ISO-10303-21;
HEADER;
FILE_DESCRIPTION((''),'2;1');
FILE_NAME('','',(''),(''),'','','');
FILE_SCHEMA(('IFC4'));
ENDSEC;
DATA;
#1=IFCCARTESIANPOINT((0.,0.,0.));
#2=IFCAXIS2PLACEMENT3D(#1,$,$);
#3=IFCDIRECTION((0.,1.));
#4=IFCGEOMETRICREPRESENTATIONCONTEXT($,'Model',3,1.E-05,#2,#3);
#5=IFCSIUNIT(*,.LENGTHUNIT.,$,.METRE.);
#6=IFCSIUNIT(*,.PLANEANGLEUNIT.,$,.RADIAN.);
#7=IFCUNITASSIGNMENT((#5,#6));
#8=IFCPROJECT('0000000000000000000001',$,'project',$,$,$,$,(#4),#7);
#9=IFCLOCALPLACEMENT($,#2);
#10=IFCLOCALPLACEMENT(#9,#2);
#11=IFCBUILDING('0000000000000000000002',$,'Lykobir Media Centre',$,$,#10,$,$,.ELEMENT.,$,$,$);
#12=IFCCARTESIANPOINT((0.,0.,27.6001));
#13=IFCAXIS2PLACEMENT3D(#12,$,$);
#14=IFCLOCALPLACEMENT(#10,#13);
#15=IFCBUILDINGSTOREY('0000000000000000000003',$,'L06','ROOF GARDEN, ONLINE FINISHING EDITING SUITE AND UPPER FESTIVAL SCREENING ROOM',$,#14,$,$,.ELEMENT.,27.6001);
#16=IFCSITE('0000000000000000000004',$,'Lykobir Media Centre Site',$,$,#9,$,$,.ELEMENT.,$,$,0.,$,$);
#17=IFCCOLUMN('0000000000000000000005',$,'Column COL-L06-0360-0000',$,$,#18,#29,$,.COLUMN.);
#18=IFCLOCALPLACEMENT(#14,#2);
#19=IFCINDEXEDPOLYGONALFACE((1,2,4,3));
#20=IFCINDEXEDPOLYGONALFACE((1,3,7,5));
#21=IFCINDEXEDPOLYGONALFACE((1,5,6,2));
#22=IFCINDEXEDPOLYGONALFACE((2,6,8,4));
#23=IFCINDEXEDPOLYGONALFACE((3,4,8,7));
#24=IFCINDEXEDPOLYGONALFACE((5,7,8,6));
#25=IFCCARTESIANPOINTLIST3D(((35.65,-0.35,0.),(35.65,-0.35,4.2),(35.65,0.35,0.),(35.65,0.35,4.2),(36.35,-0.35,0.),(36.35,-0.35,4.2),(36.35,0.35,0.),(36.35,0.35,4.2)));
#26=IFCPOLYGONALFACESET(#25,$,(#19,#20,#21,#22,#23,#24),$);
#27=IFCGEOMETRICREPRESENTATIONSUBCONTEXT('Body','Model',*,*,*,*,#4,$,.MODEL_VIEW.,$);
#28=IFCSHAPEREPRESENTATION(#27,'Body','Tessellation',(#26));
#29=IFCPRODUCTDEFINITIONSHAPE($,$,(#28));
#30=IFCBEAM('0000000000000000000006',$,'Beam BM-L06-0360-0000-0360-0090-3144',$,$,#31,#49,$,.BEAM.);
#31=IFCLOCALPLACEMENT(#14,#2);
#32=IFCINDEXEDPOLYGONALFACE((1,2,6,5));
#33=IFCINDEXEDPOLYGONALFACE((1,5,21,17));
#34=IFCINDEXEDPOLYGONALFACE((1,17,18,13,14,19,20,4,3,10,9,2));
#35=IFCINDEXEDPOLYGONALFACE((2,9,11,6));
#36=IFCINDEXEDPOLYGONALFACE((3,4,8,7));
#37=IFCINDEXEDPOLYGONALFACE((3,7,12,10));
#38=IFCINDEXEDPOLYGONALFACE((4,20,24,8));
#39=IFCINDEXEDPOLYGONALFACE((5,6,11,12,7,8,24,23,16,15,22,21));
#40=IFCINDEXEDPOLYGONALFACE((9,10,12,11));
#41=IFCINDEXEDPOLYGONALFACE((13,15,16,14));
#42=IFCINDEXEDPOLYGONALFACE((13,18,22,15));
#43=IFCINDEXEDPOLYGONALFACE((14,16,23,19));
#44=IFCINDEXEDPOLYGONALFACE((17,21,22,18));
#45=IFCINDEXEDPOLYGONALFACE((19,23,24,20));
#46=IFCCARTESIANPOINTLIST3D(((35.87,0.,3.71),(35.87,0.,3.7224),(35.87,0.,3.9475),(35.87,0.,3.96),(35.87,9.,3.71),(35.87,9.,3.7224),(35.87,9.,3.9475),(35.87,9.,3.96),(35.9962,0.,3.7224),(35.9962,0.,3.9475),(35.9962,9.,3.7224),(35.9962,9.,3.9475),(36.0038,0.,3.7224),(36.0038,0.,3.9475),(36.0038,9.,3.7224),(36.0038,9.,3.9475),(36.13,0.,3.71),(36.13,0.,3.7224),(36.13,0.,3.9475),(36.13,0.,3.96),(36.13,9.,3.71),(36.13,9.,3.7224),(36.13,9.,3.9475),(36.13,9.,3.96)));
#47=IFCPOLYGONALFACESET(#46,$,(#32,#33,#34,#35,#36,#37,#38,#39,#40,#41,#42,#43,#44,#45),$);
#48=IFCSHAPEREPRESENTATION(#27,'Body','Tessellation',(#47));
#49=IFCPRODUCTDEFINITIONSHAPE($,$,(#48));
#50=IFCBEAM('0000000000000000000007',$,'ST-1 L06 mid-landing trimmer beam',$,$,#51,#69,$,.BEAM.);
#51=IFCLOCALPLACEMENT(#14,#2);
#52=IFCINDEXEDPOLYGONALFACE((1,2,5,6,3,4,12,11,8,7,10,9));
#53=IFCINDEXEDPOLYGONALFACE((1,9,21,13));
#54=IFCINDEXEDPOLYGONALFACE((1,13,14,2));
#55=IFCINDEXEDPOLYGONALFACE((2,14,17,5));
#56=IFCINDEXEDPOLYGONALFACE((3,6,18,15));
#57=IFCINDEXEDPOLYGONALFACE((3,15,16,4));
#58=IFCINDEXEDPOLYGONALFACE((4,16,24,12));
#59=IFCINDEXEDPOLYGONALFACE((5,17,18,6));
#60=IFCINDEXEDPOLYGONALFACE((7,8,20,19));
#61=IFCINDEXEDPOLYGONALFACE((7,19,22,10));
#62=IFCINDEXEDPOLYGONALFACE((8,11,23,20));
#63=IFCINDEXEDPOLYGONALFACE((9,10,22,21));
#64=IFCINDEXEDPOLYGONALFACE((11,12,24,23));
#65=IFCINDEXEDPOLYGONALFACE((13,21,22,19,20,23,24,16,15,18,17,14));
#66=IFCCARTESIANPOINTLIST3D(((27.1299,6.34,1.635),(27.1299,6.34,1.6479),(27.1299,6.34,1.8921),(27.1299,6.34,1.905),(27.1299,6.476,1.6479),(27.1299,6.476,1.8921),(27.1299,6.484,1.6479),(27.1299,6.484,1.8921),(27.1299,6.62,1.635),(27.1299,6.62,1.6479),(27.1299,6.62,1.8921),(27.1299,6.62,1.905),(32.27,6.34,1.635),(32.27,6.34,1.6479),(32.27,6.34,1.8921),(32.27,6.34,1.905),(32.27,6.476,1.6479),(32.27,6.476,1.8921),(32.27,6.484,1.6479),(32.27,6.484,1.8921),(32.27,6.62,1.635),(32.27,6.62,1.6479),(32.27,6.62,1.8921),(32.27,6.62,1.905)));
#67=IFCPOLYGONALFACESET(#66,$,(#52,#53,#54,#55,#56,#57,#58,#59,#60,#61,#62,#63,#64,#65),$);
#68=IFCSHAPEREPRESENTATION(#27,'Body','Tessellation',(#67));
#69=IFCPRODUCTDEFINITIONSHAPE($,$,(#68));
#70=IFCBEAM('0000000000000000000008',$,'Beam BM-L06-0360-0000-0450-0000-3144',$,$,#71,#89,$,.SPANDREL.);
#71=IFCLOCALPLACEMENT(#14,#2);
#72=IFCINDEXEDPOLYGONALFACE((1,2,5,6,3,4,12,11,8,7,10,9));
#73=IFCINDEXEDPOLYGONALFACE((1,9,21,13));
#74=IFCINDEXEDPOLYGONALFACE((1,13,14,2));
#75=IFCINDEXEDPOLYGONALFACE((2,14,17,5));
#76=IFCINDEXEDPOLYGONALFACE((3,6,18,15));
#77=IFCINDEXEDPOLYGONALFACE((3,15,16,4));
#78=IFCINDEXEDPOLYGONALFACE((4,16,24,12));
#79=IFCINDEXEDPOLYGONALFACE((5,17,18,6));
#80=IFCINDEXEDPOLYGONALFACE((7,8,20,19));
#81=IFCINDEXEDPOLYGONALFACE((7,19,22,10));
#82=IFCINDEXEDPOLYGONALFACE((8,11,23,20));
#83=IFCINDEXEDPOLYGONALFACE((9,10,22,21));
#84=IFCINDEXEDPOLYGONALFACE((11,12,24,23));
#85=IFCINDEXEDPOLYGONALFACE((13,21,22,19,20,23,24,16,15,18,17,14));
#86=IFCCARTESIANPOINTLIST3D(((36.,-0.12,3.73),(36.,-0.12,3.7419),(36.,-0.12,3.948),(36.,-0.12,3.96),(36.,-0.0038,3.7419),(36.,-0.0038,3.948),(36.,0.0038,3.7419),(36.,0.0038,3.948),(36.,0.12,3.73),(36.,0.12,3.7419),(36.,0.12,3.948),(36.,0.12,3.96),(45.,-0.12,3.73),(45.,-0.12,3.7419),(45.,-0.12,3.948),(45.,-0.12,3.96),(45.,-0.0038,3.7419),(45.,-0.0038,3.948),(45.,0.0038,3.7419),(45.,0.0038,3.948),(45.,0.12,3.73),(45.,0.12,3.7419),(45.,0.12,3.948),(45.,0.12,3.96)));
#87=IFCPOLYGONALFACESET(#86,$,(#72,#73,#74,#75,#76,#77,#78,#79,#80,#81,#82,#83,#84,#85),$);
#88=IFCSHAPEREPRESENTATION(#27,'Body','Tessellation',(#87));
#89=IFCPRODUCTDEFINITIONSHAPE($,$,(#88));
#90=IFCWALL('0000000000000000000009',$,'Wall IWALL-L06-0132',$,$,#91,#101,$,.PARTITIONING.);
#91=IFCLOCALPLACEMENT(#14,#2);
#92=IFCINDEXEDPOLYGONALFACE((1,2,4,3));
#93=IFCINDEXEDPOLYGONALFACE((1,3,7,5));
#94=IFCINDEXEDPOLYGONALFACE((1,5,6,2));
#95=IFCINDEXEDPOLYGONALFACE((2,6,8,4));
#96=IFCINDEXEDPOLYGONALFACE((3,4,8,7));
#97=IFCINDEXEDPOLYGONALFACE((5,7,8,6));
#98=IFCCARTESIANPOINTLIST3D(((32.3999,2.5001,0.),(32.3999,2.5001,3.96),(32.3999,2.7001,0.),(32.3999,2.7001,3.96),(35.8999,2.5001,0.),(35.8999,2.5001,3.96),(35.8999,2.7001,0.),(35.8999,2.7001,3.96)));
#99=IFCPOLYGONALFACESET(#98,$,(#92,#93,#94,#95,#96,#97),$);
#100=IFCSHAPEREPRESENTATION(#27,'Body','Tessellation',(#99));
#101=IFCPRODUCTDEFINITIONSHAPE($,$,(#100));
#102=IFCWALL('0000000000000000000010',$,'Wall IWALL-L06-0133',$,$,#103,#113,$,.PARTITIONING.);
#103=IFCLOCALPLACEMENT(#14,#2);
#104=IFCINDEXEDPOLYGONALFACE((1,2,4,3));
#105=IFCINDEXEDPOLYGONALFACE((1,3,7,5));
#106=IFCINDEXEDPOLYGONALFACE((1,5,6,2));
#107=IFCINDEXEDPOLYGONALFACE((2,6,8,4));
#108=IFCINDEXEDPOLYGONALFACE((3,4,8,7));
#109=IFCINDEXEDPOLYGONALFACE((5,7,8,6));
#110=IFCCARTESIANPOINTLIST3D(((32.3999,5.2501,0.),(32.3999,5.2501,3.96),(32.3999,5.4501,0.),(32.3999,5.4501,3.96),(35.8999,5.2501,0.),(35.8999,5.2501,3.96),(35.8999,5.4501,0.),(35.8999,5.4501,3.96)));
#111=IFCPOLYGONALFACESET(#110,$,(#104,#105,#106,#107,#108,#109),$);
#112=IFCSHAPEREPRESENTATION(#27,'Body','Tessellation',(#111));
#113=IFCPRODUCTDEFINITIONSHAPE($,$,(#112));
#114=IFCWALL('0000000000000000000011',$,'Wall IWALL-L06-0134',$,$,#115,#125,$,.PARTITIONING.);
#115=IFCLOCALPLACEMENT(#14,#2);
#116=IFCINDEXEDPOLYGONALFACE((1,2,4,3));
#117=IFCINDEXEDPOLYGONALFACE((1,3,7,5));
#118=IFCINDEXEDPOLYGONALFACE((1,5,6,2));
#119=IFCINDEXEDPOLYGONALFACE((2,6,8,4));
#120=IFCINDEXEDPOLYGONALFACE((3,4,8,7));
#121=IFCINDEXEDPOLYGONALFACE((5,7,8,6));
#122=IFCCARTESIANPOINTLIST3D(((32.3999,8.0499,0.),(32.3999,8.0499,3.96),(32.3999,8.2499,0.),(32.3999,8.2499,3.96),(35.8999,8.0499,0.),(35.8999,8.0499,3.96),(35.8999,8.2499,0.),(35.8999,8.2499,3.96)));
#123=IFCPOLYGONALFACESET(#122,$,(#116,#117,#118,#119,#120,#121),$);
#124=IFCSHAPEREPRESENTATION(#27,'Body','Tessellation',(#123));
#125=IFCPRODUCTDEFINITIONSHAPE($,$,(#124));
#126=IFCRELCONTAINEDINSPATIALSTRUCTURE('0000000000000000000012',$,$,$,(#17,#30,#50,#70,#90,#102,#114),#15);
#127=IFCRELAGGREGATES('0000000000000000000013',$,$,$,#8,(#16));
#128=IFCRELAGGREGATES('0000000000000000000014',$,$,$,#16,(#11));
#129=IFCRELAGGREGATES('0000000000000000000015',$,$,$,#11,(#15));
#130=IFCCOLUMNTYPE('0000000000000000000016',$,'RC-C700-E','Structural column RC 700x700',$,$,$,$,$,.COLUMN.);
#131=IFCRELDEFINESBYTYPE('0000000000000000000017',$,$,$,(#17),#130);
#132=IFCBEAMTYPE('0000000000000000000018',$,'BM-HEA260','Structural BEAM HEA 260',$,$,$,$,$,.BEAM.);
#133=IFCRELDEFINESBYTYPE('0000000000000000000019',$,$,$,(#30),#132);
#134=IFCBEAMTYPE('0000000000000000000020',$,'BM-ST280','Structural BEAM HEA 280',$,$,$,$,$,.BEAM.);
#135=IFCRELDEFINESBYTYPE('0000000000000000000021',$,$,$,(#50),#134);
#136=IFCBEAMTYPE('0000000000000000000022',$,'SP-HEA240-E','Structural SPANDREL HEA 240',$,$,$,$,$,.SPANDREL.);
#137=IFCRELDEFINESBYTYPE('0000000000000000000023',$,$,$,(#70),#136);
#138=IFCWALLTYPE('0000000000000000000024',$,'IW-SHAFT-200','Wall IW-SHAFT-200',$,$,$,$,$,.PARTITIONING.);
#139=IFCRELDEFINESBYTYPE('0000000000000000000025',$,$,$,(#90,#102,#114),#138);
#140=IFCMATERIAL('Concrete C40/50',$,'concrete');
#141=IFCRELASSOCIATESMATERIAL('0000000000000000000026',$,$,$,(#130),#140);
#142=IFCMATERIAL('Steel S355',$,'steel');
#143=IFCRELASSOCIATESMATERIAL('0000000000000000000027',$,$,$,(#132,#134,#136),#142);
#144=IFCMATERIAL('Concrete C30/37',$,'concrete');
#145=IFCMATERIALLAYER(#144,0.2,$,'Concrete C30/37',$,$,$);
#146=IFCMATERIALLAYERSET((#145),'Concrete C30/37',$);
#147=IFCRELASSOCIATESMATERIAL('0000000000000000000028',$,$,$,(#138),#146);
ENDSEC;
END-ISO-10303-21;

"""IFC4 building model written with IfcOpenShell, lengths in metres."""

from ifc_helpers import new_model, si_unit, direction, frame, frame_2d, origin, origin_2d, place, context, subcontext, project, spatial, rectangle, i_section, extrude, material, layer, layer_set, material_profile, profile_set, type_object, element, save


model = new_model("IFC4")

# Units and contexts
model_context = context("Model", 3, precision=1e-05, world=origin(), true_north=direction((0.0, 1.0)))
body_context = subcontext(model_context, "Body", "Model", "MODEL_VIEW")
ifc_project = project(units=[si_unit("LENGTHUNIT", "METRE"), si_unit("PLANEANGLEUNIT", "RADIAN")], contexts=[model_context])

# Site, building, storey
site_placement = place(None, origin())
site = spatial("IfcSite", under=ifc_project, at=site_placement, Name="Lykobir Media Centre Site", CompositionType="ELEMENT", RefElevation=0.0)
building_placement = place(site_placement, origin())
building = spatial("IfcBuilding", under=site, at=building_placement, Name="Lykobir Media Centre", CompositionType="ELEMENT")
storey_placement = place(building_placement, frame((0.0, 0.0, 27.6001)))
storey = spatial("IfcBuildingStorey", under=building, at=storey_placement, Name="L06", Description="ROOF GARDEN, ONLINE FINISHING EDITING SUITE AND UPPER FESTIVAL SCREENING ROOM", CompositionType="ELEMENT", Elevation=27.6001)

# Column
ifc_material_1 = material(Name="Concrete C40/50", Category="concrete")
ifc_material_profile_1 = material_profile(ifc_material_1, rectangle(XDim=0.7, YDim=0.7, at=origin_2d()), Name="RC 700x700")
ifc_profile_set_1 = profile_set([ifc_material_profile_1], Name="Concrete C40/50")
column_type = type_object("IfcColumnType", Name="RC-C700-E", Description="Structural column RC 700x700", PredefinedType="COLUMN", material=ifc_profile_set_1)
column_placement = place(storey_placement, frame((36.0, 0.0, 0.0), z_axis=(0.0, 0.0, 1.0), x_axis=(1.0, 0.0, 0.0)))
element("IfcColumn", 1, at=column_placement, inside=storey, type_object=column_type, Name="Column COL-L06-0360-0000", PredefinedType="COLUMN", context=body_context, shape_type="SweptSolid", body=[
    extrude(rectangle(XDim=0.7, YDim=0.7, at=origin_2d()), origin(), (0.0, 0.0, 1.0), 4.2),
])

# Beams
ifc_material_2 = material(Name="Steel S355", Category="steel")
ifc_material_profile_2 = material_profile(ifc_material_2, i_section(OverallWidth=0.26, OverallDepth=0.25, WebThickness=0.0076, FlangeThickness=0.0125, at=origin_2d()), Name="HEA 260")
ifc_profile_set_2 = profile_set([ifc_material_profile_2], Name="Steel S355")
beam_type_1 = type_object("IfcBeamType", Name="BM-HEA260", Description="Structural BEAM HEA 260", PredefinedType="BEAM", material=ifc_profile_set_2)
beam_1_placement = place(storey_placement, frame((36.0, 0.0, 3.835), z_axis=(0.0, 1.0, 0.0), x_axis=(-1.0, 0.0, 0.0)))
element("IfcBeam", 2, at=beam_1_placement, inside=storey, type_object=beam_type_1, Name="Beam BM-L06-0360-0000-0360-0090-3144", PredefinedType="BEAM", context=body_context, shape_type="SweptSolid", body=[
    extrude(i_section(OverallWidth=0.26, OverallDepth=0.25, WebThickness=0.0076, FlangeThickness=0.0125, at=origin_2d()), origin(), (0.0, 0.0, 1.0), 9.0),
])
ifc_material_profile_3 = material_profile(ifc_material_2, i_section(OverallWidth=0.28, OverallDepth=0.27, WebThickness=0.0081, FlangeThickness=0.0129, at=origin_2d()), Name="HEA 280")
ifc_profile_set_3 = profile_set([ifc_material_profile_3], Name="Steel S355")
beam_type_2 = type_object("IfcBeamType", Name="BM-ST280", Description="Structural BEAM HEA 280", PredefinedType="BEAM", material=ifc_profile_set_3)
beam_2_placement = place(storey_placement, frame((27.1299, 6.48, 1.77), z_axis=(1.0, 0.0, 0.0), x_axis=(0.0, 1.0, 0.0)))
element("IfcBeam", 3, at=beam_2_placement, inside=storey, type_object=beam_type_2, Name="ST-1 L06 mid-landing trimmer beam", PredefinedType="BEAM", context=body_context, shape_type="SweptSolid", body=[
    extrude(i_section(OverallWidth=0.28, OverallDepth=0.27, WebThickness=0.0081, FlangeThickness=0.0129, at=origin_2d()), origin(), (0.0, 0.0, 1.0), 5.1401),
])
ifc_material_profile_4 = material_profile(ifc_material_2, i_section(OverallWidth=0.24, OverallDepth=0.23, WebThickness=0.0076, FlangeThickness=0.012, at=origin_2d()), Name="HEA 240")
ifc_profile_set_4 = profile_set([ifc_material_profile_4], Name="Steel S355")
beam_type_3 = type_object("IfcBeamType", Name="SP-HEA240-E", Description="Structural SPANDREL HEA 240", PredefinedType="SPANDREL", material=ifc_profile_set_4)
beam_3_placement = place(storey_placement, frame((36.0, 0.0, 3.845), z_axis=(1.0, 0.0, 0.0), x_axis=(0.0, 1.0, 0.0)))
element("IfcBeam", 4, at=beam_3_placement, inside=storey, type_object=beam_type_3, Name="Beam BM-L06-0360-0000-0450-0000-3144", PredefinedType="SPANDREL", context=body_context, shape_type="SweptSolid", body=[
    extrude(i_section(OverallWidth=0.24, OverallDepth=0.23, WebThickness=0.0076, FlangeThickness=0.012, at=origin_2d()), origin(), (0.0, 0.0, 1.0), 9.0),
])

# Walls
ifc_material_3 = material(Name="Concrete C30/37", Category="concrete")
ifc_layer_1 = layer(ifc_material_3, 0.2, Name="Concrete C30/37")
ifc_layer_set_1 = layer_set([ifc_layer_1], Name="Concrete C30/37")
wall_type_1 = type_object("IfcWallType", Name="IW-SHAFT-200", Description="Wall IW-SHAFT-200", PredefinedType="PARTITIONING", material=ifc_layer_set_1)
for number, where, z_axis, x_axis, name in (
    (5, (32.3999, 2.6001, 0.0), (0.0, 0.0, 1.0), (1.0, 0.0, 0.0), "Wall IWALL-L06-0132"),
    (6, (32.3999, 5.3501, 0.0), (0.0, 0.0, 1.0), (1.0, 0.0, 0.0), "Wall IWALL-L06-0133"),
    (7, (32.3999, 8.1499, 0.0), (0.0, 0.0, 1.0), (1.0, 0.0, 0.0), "Wall IWALL-L06-0134"),
):
    element("IfcWall", number, at=place(storey_placement, frame(where, z_axis=z_axis, x_axis=x_axis)), inside=storey, type_object=wall_type_1, Name=name, PredefinedType="PARTITIONING", context=body_context, shape_type="SweptSolid", body=[
        extrude(rectangle(XDim=3.5, YDim=0.2, at=frame_2d((1.75, 0.0))), origin(), (0.0, 0.0, 1.0), 3.96),
    ])

save(model, "model.ifc")
